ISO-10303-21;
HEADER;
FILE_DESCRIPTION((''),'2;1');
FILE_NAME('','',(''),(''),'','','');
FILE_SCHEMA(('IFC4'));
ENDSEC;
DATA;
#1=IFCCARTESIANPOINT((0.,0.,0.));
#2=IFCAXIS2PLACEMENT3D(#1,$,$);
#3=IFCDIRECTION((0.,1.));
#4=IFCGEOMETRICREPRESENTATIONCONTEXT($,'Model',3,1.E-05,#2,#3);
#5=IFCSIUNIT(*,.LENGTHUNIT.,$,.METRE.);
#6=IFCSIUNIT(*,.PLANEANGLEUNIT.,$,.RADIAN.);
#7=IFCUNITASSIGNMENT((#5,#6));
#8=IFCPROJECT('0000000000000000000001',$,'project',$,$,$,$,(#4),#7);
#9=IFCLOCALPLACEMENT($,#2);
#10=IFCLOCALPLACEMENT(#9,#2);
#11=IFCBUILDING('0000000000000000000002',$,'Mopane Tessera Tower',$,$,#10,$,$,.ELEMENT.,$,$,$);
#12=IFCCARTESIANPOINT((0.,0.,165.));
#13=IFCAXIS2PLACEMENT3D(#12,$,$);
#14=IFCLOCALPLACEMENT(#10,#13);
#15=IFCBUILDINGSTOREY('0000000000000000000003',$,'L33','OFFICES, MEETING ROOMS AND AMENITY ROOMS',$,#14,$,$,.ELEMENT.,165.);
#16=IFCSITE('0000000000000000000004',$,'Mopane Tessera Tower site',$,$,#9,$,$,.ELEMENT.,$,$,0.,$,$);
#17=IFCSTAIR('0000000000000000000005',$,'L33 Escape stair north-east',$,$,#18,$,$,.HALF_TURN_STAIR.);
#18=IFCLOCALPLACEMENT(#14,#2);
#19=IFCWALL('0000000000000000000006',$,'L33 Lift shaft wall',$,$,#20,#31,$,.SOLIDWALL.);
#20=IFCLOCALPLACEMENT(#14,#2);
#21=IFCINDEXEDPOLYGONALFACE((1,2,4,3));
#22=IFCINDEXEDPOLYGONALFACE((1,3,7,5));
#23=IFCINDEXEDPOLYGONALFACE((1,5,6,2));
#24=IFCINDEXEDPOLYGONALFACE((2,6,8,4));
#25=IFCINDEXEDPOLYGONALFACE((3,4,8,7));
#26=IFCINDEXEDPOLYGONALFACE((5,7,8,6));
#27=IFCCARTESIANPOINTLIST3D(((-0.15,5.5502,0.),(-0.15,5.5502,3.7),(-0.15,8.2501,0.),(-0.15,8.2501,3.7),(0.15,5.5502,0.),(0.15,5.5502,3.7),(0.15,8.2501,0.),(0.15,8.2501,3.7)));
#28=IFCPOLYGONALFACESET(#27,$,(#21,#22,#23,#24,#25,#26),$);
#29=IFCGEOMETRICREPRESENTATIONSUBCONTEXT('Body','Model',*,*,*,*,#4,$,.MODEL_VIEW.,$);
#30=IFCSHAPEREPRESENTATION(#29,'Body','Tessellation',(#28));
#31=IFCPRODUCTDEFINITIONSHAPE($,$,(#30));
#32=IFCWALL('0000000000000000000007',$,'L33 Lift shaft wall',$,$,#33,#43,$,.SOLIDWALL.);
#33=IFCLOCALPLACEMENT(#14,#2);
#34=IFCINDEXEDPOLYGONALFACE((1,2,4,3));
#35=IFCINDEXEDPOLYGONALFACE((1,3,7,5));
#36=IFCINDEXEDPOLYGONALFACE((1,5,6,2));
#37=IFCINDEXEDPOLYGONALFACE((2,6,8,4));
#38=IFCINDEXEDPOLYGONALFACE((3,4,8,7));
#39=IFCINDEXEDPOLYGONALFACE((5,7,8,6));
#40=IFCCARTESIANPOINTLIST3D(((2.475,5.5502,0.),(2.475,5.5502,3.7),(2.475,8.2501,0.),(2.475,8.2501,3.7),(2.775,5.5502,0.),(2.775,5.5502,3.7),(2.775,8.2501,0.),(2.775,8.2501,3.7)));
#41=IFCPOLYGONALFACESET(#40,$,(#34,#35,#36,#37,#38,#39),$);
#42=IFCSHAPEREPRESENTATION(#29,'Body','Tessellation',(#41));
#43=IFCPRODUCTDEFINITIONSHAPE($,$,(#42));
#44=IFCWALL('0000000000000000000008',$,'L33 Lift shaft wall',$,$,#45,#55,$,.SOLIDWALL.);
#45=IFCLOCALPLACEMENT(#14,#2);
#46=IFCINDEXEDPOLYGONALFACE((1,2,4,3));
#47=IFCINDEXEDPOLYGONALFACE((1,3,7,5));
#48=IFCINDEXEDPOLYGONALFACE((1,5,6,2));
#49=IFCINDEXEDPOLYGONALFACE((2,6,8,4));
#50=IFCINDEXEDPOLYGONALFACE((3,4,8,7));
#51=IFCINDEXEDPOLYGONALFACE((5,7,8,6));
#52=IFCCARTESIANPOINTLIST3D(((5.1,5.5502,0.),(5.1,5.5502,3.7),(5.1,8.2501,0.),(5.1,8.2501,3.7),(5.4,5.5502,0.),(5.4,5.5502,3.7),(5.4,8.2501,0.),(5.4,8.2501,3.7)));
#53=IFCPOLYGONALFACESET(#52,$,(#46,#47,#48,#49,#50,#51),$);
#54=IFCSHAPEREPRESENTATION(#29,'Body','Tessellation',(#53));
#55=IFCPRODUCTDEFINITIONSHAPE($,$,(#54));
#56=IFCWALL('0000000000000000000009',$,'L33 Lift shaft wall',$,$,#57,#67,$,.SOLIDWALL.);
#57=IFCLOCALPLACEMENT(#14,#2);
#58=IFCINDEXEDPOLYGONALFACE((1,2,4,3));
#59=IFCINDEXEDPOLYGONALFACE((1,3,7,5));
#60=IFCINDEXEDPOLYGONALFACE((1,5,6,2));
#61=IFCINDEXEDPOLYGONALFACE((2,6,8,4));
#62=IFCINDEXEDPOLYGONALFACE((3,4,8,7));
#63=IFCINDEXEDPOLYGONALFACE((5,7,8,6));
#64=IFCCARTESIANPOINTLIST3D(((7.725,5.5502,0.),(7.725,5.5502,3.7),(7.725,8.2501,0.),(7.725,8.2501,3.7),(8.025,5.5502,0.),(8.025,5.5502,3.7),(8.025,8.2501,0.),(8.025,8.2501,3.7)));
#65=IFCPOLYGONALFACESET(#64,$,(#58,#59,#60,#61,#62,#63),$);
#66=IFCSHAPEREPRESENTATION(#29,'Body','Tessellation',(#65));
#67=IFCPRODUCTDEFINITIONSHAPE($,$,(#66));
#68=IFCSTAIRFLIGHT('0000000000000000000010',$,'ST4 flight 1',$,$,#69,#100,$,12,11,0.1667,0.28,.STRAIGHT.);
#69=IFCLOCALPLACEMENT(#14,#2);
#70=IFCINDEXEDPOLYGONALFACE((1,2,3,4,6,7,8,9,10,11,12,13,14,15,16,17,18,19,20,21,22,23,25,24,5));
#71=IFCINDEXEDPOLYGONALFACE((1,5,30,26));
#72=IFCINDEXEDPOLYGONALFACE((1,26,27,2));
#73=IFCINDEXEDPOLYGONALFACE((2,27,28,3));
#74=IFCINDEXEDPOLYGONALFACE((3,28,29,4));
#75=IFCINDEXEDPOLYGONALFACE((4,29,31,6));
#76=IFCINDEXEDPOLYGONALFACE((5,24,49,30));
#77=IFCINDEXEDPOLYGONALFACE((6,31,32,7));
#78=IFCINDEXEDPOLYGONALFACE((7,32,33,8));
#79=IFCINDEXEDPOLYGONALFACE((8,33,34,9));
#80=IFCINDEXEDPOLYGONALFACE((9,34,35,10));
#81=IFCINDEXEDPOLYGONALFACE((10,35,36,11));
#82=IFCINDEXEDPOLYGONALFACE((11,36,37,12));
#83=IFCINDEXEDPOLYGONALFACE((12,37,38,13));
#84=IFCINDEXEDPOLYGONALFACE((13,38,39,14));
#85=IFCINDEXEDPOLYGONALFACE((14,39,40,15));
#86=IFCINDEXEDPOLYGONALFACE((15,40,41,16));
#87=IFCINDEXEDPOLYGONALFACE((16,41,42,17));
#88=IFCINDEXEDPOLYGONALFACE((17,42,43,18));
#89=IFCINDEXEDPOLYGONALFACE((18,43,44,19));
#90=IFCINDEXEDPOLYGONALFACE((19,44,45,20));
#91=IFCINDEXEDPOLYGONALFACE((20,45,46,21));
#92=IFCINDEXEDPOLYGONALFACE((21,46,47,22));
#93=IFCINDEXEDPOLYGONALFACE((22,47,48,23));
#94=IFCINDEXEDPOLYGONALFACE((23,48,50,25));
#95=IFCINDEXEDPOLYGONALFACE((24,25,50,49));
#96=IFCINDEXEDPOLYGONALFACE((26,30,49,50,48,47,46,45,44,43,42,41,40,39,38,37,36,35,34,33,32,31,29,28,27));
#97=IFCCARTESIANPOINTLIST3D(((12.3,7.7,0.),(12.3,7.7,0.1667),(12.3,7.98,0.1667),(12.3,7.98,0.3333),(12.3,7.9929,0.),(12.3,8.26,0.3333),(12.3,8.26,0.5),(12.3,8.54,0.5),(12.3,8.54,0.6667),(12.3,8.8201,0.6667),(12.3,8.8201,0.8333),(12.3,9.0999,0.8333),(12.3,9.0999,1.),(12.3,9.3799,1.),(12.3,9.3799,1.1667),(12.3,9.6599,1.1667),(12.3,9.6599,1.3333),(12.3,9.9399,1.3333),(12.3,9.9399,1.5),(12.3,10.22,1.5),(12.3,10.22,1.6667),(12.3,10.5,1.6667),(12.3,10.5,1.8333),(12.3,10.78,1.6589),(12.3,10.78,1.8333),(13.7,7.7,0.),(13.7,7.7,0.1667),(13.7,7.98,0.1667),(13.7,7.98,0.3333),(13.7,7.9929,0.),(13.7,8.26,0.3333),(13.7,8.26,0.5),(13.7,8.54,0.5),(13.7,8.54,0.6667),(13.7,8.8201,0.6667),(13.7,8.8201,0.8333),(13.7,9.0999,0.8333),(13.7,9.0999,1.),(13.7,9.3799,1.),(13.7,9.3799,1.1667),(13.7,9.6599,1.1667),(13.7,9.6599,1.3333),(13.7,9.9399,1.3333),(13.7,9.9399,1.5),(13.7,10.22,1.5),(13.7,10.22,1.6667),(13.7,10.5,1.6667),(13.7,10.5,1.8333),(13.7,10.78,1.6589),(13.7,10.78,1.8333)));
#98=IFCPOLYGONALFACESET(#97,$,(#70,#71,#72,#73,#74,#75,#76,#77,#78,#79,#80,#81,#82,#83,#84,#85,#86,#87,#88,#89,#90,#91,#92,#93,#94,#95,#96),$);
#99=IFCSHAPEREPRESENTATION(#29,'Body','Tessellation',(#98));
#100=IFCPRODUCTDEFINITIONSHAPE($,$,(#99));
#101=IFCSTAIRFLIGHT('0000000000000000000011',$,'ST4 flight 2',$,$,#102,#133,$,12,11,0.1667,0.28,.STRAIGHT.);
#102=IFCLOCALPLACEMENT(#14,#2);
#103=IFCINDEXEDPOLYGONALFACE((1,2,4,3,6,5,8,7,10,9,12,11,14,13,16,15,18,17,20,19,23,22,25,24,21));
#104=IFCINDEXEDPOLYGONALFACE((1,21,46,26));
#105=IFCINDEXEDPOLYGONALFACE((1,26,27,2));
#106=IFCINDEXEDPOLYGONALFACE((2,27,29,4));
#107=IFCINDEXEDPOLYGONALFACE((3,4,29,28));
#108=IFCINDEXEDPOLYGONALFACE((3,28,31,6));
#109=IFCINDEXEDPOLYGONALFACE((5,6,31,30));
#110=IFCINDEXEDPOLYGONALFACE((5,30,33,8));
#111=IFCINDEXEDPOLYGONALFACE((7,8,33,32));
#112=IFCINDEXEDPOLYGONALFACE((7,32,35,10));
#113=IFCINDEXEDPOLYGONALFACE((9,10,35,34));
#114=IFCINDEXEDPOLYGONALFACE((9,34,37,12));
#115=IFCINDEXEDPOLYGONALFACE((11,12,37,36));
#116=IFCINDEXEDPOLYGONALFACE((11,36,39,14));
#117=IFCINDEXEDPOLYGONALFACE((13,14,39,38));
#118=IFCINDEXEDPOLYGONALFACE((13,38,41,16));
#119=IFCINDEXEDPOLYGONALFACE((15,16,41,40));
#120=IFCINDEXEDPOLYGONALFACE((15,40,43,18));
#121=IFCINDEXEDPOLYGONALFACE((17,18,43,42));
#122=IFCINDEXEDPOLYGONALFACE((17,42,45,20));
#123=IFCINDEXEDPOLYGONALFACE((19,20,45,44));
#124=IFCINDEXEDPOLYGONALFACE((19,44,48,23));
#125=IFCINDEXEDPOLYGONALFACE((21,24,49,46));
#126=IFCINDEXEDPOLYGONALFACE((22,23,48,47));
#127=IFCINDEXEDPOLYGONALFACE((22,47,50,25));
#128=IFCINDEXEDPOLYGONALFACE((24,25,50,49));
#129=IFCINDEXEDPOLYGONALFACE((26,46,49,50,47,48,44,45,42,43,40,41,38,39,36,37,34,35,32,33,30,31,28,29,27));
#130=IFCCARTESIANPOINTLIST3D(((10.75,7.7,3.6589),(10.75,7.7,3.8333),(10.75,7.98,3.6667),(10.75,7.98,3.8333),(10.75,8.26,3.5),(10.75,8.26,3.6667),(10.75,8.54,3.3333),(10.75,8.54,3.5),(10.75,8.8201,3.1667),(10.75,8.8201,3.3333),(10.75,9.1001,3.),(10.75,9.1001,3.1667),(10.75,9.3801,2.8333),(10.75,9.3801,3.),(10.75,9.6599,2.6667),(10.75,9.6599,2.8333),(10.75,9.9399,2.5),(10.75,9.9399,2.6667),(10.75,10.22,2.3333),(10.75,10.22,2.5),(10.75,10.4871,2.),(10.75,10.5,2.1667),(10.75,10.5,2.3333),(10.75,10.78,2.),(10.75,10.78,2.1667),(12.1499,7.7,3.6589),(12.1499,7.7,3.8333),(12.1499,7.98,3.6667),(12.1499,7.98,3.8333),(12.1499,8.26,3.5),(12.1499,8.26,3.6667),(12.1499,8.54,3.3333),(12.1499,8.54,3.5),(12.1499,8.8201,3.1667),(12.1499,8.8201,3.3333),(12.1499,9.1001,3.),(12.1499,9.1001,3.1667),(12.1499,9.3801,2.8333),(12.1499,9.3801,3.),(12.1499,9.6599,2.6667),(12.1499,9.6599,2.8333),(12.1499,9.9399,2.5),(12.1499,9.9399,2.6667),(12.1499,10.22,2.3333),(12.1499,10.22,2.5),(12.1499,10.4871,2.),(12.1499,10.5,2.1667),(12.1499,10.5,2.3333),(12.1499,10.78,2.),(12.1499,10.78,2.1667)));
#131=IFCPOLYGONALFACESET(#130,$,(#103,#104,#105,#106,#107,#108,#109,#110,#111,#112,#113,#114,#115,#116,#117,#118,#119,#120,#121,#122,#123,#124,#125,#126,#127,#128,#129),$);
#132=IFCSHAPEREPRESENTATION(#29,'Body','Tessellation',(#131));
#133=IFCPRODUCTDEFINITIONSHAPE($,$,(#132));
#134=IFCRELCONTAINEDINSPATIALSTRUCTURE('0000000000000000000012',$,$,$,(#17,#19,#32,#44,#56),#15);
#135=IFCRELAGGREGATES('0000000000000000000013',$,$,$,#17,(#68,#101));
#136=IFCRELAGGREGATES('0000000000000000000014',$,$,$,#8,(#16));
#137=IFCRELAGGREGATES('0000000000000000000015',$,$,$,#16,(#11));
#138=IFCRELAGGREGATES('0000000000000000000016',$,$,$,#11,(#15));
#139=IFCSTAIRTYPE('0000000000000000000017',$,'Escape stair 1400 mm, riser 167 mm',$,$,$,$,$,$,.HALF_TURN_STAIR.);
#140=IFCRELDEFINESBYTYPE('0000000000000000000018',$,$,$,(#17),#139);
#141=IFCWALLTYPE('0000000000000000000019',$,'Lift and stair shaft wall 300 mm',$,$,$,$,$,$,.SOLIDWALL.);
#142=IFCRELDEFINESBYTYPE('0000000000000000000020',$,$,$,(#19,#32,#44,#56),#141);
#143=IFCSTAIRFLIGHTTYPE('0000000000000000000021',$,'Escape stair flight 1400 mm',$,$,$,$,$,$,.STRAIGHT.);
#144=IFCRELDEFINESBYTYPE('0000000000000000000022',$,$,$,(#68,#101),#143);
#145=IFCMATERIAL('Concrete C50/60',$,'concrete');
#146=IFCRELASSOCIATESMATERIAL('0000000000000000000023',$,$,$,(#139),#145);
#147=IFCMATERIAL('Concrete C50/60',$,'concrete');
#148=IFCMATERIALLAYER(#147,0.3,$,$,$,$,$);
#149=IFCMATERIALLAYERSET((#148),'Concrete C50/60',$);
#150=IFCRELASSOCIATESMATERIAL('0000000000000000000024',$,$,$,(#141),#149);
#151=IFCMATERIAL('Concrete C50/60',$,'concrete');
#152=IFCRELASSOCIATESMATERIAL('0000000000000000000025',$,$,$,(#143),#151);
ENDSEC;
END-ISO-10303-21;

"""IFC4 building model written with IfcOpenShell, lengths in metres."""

from ifc_helpers import new_model, si_unit, direction, frame, frame_2d, origin, place, context, subcontext, project, spatial, polyline, rectangle, outline, extrude, material, layer, layer_set, type_object, element, aggregate, save


model = new_model("IFC4")

# Units and contexts
model_context = context("Model", 3, precision=1e-05, world=origin(), true_north=direction((0.0, 1.0)))
body_context = subcontext(model_context, "Body", "Model", "MODEL_VIEW")
ifc_project = project(units=[si_unit("LENGTHUNIT", "METRE"), si_unit("PLANEANGLEUNIT", "RADIAN")], contexts=[model_context])

# Site, building, storey
site_placement = place(None, origin())
site = spatial("IfcSite", under=ifc_project, at=site_placement, Name="Mopane Tessera Tower site", CompositionType="ELEMENT", RefElevation=0.0)
building_placement = place(site_placement, origin())
building = spatial("IfcBuilding", under=site, at=building_placement, Name="Mopane Tessera Tower", CompositionType="ELEMENT")
storey_placement = place(building_placement, frame((0.0, 0.0, 165.0)))
storey = spatial("IfcBuildingStorey", under=building, at=storey_placement, Name="L33", Description="OFFICES, MEETING ROOMS AND AMENITY ROOMS", CompositionType="ELEMENT", Elevation=165.0)

# Stair
ifc_material_1 = material(Name="Concrete C50/60", Category="concrete")
stair_type = type_object("IfcStairType", Name="Escape stair 1400 mm, riser 167 mm", PredefinedType="HALF_TURN_STAIR", material=ifc_material_1)
stair_1_placement = place(storey_placement, origin())
stair_1 = element("IfcStair", 1, at=stair_1_placement, inside=storey, type_object=stair_type, Name="L33 Escape stair north-east", PredefinedType="HALF_TURN_STAIR")

# Shared definitions
ifc_material_2 = material(Name="Concrete C50/60", Category="concrete")
ifc_layer_1 = layer(ifc_material_2, 0.3)
ifc_layer_set_1 = layer_set([ifc_layer_1], Name="Concrete C50/60")
wall_type_1 = type_object("IfcWallType", Name="Lift and stair shaft wall 300 mm", PredefinedType="SOLIDWALL", material=ifc_layer_set_1)

# Walls
for number, where, z_axis, x_axis, name in (
    (2, (0.0, 5.55, 0.0), (0.0, 0.0, 1.0), (0.0, 1.0, 0.0), "L33 Lift shaft wall"),
    (3, (2.625, 5.55, 0.0), (0.0, 0.0, 1.0), (0.0, 1.0, 0.0), "L33 Lift shaft wall"),
    (4, (5.25, 5.55, 0.0), (0.0, 0.0, 1.0), (0.0, 1.0, 0.0), "L33 Lift shaft wall"),
    (5, (7.875, 5.55, 0.0), (0.0, 0.0, 1.0), (0.0, 1.0, 0.0), "L33 Lift shaft wall"),
):
    element("IfcWall", number, at=place(storey_placement, frame(where, z_axis=z_axis, x_axis=x_axis)), inside=storey, type_object=wall_type_1, Name=name, PredefinedType="SOLIDWALL", context=body_context, shape_type="SweptSolid", body=[
        extrude(rectangle(XDim=2.7, YDim=0.3, at=frame_2d((1.3501, 0.0))), origin(), (0.0, 0.0, 1.0), 3.7),
    ])

# Stair flights
ifc_material_3 = material(Name="Concrete C50/60", Category="concrete")
stair_flight_type = type_object("IfcStairFlightType", Name="Escape stair flight 1400 mm", PredefinedType="STRAIGHT", material=ifc_material_3)
stair_flight_1_placement = place(storey_placement, frame((13.0, 7.7, 0.0), z_axis=(0.0, 0.0, 1.0), x_axis=(0.0, 1.0, 0.0)))
stair_flight_1 = element("IfcStairFlight", 6, at=stair_flight_1_placement, type_object=stair_flight_type, Name="ST4 flight 1", NumberOfRisers=12, NumberOfTreads=11, PredefinedType="STRAIGHT", RiserHeight=0.1667, TreadLength=0.28, context=body_context, shape_type="SweptSolid", body=[
    extrude(outline(polyline([(0.0, 0.0), (0.0, 0.1667), (0.28, 0.1667), (0.28, 0.3333), (0.5601, 0.3333), (0.5601, 0.5), (0.8401, 0.5), (0.8401, 0.6667), (1.1201, 0.6667), (1.1201, 0.8333), (1.3999, 0.8333), (1.3999, 1.0), (1.6799, 1.0), (1.6799, 1.1667), (1.96, 1.1667), (1.96, 1.3333), (2.24, 1.3333), (2.24, 1.5), (2.52, 1.5), (2.52, 1.6667), (2.8, 1.6667), (2.8, 1.8333), (3.0801, 1.8333), (3.0801, 2.0), (3.0801, 1.6589), (0.293, 0.0), (0.0, 0.0)])), frame((0.0, 0.7, 0.0), z_axis=(0.0, -1.0, 0.0), x_axis=(1.0, 0.0, 0.0)), (0.0, 0.0, 1.0), 1.3999),
])
stair_flight_2_placement = place(storey_placement, frame((11.45, 10.78, 2.0), z_axis=(0.0, 0.0, 1.0), x_axis=(0.0, -1.0, 0.0)))
stair_flight_2 = element("IfcStairFlight", 7, at=stair_flight_2_placement, type_object=stair_flight_type, Name="ST4 flight 2", NumberOfRisers=12, NumberOfTreads=11, PredefinedType="STRAIGHT", RiserHeight=0.1667, TreadLength=0.28, context=body_context, shape_type="SweptSolid", body=[
    extrude(outline(polyline([(0.0, 0.0), (0.0, 0.1667), (0.28, 0.1667), (0.28, 0.3333), (0.5601, 0.3333), (0.5601, 0.5), (0.8401, 0.5), (0.8401, 0.6667), (1.1201, 0.6667), (1.1201, 0.8333), (1.3999, 0.8333), (1.3999, 1.0), (1.6799, 1.0), (1.6799, 1.1667), (1.96, 1.1667), (1.96, 1.3333), (2.24, 1.3333), (2.24, 1.5), (2.52, 1.5), (2.52, 1.6667), (2.8, 1.6667), (2.8, 1.8333), (3.0801, 1.8333), (3.0801, 2.0), (3.0801, 1.6589), (0.293, 0.0), (0.0, 0.0)])), frame((0.0, 0.7, 0.0), z_axis=(0.0, -1.0, 0.0), x_axis=(1.0, 0.0, 0.0)), (0.0, 0.0, 1.0), 1.3999),
])
aggregate(stair_1, [stair_flight_1, stair_flight_2])

save(model, "model.ifc")
